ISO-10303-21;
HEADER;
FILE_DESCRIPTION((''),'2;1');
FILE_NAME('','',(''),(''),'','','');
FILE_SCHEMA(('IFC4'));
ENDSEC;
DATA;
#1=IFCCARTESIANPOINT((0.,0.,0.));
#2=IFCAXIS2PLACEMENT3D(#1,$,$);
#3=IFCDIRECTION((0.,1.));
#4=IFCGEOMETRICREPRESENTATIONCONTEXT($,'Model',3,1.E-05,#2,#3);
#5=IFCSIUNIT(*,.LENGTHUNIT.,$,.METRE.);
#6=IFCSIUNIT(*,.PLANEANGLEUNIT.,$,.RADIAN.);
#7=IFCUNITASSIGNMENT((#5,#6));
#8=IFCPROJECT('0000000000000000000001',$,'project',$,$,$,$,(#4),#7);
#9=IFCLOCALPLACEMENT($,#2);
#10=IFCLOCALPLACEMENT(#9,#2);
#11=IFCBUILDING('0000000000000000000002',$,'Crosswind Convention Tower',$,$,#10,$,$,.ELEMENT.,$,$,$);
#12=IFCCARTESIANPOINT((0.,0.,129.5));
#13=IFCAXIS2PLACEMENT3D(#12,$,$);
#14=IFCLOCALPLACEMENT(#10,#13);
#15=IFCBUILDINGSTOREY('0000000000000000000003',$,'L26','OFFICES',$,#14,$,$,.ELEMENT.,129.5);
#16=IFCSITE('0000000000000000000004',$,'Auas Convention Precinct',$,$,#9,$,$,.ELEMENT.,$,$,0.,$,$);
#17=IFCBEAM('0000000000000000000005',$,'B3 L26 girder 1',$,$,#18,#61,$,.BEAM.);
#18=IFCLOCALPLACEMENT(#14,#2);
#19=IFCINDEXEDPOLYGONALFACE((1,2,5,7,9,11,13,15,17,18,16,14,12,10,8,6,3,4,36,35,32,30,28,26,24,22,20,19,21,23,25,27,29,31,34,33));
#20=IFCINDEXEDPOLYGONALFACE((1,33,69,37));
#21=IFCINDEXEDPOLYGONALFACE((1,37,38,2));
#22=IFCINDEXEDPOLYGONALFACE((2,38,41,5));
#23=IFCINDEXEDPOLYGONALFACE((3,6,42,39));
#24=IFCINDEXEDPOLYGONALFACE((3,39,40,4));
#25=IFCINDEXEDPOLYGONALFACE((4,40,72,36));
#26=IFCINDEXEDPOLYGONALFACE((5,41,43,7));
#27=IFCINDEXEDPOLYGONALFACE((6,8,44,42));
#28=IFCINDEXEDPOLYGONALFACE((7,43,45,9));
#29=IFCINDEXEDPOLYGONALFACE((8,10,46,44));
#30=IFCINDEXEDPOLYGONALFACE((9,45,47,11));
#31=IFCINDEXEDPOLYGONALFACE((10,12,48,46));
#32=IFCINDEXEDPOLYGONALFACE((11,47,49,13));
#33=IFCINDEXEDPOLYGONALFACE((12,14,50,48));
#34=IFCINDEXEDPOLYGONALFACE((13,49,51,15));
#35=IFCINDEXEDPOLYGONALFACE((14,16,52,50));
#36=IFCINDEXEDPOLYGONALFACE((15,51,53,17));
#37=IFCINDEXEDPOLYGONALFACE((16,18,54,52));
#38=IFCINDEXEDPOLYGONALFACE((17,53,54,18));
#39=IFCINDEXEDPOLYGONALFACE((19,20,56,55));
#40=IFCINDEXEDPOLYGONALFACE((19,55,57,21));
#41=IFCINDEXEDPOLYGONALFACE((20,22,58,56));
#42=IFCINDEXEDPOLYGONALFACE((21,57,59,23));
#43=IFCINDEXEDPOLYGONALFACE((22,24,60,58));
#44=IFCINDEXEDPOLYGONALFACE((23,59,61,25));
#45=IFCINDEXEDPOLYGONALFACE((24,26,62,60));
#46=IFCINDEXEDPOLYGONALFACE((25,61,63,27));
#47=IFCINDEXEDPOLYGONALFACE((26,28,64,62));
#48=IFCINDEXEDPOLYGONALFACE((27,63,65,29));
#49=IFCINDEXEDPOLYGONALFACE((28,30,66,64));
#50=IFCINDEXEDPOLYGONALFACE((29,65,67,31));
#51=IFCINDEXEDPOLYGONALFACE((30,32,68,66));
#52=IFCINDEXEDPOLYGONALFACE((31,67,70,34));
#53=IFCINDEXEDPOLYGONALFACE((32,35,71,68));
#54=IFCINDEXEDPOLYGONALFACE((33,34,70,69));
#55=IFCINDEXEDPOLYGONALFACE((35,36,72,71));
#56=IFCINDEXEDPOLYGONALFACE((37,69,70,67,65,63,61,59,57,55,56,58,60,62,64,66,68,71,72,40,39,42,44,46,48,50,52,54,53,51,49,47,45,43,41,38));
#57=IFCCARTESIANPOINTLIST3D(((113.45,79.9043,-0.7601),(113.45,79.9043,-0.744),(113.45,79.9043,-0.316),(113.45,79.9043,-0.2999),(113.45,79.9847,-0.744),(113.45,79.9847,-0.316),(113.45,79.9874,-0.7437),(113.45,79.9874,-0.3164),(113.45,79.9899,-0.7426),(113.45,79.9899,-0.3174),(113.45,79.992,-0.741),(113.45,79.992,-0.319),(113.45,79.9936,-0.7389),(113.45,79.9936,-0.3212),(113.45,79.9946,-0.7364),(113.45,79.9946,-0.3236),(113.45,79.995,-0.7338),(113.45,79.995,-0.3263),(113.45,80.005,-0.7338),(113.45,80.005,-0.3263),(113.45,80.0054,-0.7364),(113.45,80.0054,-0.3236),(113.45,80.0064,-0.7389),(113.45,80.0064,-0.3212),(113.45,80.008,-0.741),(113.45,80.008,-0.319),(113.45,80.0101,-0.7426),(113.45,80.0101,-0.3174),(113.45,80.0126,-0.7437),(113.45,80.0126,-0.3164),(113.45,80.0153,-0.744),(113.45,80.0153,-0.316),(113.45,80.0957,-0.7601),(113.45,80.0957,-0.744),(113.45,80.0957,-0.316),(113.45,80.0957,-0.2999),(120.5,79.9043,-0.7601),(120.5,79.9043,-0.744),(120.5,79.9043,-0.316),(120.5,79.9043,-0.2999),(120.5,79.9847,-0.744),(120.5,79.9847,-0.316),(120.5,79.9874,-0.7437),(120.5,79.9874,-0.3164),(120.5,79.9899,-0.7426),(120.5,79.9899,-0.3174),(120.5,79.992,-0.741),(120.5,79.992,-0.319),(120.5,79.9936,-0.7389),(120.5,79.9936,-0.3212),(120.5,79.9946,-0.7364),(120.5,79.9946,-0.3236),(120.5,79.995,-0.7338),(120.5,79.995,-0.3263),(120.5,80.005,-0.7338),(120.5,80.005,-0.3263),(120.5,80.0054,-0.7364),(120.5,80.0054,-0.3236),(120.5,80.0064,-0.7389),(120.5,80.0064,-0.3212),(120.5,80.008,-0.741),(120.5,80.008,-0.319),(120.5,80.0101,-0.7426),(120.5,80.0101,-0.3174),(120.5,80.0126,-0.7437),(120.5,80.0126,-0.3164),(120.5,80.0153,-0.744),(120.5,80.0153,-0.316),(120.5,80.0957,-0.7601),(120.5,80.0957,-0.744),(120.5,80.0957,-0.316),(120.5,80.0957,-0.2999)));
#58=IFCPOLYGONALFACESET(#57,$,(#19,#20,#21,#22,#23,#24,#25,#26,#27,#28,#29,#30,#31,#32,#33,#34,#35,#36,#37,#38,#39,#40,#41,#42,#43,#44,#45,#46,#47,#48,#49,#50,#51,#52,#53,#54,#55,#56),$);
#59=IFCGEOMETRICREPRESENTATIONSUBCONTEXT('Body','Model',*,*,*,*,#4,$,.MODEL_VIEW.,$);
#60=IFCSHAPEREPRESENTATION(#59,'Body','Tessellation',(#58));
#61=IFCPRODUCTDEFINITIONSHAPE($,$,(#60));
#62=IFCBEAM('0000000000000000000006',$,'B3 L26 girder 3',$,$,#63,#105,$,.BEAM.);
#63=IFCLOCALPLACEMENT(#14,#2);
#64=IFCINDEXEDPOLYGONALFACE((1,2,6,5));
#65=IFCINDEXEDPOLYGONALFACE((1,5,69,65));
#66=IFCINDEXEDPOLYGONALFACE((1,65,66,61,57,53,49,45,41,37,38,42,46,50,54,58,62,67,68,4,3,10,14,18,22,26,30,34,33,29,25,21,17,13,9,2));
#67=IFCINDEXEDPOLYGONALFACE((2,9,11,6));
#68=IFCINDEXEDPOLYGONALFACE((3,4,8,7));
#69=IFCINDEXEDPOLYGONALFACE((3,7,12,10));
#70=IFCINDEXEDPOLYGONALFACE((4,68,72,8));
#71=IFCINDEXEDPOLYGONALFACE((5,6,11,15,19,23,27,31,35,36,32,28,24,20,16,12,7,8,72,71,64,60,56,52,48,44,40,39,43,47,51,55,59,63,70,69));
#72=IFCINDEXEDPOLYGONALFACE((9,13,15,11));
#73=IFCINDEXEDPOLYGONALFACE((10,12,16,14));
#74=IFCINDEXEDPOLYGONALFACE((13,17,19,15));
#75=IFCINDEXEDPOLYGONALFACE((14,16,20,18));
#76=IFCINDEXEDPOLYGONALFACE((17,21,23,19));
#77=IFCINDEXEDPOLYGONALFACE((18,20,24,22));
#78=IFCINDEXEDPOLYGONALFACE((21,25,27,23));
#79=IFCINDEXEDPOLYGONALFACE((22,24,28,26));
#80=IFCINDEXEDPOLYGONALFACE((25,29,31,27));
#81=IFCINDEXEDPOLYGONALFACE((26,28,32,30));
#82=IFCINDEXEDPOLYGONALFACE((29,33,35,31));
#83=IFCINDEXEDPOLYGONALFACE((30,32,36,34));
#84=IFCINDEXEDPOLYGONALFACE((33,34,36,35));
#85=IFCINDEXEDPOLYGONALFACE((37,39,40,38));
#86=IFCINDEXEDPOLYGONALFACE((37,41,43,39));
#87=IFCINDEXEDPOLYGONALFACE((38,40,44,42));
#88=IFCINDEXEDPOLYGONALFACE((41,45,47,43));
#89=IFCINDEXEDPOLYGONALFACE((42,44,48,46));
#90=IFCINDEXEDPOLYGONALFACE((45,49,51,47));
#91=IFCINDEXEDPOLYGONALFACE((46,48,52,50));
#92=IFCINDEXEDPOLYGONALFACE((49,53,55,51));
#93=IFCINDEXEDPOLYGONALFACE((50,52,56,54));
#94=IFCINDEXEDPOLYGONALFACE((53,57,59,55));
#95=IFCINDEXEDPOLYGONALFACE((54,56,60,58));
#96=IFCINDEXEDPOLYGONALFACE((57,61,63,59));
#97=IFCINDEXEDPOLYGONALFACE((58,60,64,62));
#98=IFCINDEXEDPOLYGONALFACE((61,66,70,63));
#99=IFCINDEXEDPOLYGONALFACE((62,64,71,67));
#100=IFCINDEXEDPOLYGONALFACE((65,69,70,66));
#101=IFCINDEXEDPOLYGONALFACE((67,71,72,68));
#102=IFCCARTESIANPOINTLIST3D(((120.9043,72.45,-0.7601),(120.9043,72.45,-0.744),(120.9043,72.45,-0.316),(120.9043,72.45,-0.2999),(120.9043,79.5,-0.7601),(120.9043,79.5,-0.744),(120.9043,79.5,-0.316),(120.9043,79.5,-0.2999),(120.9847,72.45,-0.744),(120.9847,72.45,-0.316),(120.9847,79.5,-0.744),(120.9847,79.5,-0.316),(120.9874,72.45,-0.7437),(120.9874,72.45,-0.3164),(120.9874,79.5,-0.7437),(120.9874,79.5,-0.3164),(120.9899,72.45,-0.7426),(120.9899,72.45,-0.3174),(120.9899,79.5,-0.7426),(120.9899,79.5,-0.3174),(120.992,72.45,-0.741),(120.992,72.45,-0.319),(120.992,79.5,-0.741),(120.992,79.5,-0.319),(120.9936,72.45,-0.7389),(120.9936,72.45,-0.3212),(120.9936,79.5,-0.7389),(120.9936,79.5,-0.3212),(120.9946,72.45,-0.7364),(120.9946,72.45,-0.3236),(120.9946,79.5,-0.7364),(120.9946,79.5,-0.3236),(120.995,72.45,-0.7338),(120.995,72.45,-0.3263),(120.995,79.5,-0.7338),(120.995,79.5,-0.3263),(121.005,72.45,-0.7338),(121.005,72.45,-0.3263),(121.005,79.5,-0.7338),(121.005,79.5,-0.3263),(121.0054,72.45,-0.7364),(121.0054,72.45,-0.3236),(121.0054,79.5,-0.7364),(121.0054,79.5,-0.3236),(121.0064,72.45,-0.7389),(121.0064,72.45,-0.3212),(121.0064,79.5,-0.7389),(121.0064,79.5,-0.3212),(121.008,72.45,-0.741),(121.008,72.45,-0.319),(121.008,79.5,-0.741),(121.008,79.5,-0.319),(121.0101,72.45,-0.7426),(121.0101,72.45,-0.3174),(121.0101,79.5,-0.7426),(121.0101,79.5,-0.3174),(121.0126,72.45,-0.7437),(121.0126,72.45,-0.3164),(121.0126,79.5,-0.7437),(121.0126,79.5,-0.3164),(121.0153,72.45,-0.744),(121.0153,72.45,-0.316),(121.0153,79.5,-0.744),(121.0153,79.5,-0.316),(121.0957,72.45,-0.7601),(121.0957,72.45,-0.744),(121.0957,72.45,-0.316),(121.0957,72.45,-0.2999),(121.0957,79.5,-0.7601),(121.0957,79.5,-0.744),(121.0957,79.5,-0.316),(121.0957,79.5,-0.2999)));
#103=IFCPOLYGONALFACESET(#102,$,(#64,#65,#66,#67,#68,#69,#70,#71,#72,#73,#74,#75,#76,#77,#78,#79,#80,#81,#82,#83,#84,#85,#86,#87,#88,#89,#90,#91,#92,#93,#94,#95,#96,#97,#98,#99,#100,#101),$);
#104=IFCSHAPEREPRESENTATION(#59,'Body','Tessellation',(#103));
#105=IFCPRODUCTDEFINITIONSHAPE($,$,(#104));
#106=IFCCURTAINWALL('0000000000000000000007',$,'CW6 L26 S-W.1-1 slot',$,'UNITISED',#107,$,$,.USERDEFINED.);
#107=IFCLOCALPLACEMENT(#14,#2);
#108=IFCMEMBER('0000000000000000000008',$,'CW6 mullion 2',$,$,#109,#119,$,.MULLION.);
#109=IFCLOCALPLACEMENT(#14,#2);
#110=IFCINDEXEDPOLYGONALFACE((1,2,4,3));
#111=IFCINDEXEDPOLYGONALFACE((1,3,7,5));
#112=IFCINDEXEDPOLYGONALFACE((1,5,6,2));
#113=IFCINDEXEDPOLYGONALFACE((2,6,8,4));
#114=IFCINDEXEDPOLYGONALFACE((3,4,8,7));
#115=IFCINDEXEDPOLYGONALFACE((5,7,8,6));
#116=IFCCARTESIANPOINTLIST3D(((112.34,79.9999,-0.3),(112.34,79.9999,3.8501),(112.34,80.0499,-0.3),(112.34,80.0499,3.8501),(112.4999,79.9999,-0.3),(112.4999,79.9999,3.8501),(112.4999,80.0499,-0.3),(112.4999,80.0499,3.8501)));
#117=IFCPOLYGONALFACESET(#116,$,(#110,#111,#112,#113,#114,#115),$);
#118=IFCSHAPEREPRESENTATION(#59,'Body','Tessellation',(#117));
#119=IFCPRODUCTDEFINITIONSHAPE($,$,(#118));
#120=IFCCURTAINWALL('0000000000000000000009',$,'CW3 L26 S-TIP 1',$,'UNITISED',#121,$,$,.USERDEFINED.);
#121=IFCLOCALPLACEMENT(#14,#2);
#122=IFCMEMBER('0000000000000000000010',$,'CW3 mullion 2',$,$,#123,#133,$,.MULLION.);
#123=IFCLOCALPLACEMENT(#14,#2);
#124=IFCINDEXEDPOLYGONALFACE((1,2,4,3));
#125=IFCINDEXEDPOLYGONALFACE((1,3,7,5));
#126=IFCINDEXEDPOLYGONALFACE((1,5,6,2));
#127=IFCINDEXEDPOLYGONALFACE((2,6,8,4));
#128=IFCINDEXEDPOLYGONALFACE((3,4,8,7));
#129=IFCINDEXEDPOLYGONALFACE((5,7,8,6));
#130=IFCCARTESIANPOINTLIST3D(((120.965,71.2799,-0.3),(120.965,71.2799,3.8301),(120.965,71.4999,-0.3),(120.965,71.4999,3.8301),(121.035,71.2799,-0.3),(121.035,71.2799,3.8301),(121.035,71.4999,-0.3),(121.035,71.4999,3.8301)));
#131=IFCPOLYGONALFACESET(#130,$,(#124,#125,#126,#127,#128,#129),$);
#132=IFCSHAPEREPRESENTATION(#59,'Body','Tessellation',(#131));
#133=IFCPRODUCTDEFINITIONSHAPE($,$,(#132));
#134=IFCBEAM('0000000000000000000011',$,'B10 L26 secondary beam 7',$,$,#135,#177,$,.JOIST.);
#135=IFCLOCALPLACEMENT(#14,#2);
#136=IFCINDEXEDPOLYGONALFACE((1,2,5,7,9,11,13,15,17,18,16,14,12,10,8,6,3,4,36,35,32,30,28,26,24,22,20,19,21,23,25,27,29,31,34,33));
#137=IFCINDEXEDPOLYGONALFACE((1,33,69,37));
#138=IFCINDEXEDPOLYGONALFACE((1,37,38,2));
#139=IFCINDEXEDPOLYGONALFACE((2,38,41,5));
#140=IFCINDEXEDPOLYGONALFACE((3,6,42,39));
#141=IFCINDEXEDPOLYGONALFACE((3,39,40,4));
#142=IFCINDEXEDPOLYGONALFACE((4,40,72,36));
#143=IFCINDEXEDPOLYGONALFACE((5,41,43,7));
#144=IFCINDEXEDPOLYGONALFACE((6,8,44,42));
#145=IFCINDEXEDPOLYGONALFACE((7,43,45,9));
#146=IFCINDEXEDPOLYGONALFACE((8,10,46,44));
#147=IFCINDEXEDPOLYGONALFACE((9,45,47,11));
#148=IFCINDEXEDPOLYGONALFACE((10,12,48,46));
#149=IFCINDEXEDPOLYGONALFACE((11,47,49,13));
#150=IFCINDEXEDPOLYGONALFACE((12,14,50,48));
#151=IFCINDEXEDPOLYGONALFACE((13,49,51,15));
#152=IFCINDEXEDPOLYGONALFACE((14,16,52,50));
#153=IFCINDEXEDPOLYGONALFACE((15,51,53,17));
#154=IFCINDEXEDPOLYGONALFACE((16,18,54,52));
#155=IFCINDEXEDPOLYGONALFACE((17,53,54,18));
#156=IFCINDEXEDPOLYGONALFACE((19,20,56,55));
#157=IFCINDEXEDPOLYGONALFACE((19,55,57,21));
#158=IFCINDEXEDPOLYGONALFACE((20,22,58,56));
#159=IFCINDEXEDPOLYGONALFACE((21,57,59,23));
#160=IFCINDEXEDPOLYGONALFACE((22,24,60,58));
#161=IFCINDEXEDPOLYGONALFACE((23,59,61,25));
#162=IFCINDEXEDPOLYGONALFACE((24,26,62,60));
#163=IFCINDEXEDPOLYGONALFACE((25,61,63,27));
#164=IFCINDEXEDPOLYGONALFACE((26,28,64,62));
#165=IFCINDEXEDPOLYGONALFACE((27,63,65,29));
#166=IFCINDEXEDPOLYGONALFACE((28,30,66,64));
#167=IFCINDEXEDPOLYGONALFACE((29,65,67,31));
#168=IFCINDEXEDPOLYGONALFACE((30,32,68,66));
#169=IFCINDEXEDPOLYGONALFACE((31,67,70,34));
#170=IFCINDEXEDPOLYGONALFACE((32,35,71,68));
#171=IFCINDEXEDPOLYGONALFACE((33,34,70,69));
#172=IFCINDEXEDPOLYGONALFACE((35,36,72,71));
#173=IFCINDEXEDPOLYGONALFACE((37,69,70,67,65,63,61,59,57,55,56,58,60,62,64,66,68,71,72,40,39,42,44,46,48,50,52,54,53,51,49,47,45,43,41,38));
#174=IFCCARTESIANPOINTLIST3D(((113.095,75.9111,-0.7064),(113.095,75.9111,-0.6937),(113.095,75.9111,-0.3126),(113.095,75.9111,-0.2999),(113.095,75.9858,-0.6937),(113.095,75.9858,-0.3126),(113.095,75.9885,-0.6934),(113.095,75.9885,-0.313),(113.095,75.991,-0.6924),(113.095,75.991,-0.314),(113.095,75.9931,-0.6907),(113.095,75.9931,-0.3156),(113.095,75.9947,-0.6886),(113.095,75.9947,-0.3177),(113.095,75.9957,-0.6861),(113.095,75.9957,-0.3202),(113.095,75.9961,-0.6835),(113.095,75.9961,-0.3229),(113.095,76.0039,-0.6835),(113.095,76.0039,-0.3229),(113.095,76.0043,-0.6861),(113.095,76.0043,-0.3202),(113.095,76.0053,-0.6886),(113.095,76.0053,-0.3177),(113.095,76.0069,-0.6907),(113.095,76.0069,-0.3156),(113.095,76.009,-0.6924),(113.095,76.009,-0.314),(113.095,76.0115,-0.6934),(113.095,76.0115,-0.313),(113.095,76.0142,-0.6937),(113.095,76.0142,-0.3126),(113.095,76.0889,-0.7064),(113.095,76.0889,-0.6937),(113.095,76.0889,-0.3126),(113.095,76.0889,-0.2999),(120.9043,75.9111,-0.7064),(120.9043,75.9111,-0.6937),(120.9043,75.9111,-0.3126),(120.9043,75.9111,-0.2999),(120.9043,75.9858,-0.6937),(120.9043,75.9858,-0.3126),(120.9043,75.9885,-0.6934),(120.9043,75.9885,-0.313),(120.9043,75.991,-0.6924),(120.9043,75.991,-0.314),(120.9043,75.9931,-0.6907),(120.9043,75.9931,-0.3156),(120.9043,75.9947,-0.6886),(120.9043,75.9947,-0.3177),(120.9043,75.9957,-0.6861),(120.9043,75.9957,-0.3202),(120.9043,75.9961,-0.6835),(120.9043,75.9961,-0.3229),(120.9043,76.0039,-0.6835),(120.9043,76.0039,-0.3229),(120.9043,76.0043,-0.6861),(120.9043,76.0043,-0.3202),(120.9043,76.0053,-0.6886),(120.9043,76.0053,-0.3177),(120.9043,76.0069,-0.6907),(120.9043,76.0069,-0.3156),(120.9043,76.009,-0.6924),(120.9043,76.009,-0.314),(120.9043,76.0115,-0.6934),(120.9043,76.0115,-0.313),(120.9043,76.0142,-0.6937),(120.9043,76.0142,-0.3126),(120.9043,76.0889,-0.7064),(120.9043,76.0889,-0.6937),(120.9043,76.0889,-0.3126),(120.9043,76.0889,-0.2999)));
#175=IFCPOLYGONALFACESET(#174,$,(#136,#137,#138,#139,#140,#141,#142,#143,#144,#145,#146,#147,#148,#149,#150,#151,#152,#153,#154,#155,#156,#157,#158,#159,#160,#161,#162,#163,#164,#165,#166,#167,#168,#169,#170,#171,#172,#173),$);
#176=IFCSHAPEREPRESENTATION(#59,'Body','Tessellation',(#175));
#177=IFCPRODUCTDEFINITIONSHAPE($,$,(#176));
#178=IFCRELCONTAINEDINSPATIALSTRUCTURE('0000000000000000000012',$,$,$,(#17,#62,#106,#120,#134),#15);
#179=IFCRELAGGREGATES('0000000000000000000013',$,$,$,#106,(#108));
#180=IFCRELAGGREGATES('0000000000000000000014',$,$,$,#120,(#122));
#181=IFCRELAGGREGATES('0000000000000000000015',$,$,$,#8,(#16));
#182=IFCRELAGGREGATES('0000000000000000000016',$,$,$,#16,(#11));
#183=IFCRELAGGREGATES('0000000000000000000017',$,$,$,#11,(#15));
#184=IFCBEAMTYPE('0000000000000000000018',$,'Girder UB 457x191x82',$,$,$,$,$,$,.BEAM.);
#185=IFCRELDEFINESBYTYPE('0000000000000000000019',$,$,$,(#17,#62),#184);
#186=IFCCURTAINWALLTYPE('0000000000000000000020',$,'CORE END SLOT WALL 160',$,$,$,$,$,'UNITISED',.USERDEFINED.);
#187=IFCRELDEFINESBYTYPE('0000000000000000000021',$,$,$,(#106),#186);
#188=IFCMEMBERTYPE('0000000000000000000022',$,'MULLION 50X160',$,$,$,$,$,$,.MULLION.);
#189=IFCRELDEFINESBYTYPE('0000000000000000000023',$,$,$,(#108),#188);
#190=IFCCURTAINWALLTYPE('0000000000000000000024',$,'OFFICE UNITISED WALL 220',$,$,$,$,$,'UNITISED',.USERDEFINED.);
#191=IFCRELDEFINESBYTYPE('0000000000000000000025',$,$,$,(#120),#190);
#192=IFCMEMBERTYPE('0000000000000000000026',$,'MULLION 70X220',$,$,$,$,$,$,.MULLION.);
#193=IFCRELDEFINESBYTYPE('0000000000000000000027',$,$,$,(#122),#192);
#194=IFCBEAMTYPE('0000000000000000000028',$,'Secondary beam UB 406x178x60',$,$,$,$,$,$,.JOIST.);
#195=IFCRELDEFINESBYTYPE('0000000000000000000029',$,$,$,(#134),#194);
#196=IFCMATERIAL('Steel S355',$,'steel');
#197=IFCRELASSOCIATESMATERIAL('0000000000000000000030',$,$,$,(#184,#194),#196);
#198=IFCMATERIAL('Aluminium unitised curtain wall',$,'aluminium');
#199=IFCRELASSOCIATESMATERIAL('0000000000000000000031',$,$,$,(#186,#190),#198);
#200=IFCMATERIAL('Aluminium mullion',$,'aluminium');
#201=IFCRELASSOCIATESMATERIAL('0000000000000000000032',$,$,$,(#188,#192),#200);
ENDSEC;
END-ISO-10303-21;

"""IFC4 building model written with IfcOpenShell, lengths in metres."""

from ifc_helpers import new_model, si_unit, direction, frame, origin, origin_2d, place, context, subcontext, project, spatial, rectangle, i_section, extrude, material, material_profile, profile_set, type_object, element, aggregate, save


model = new_model("IFC4")

# Units and contexts
model_context = context("Model", 3, precision=1e-05, world=origin(), true_north=direction((0.0, 1.0)))
body_context = subcontext(model_context, "Body", "Model", "MODEL_VIEW")
ifc_project = project(units=[si_unit("LENGTHUNIT", "METRE"), si_unit("PLANEANGLEUNIT", "RADIAN")], contexts=[model_context])

# Site, building, storey
site_placement = place(None, origin())
site = spatial("IfcSite", under=ifc_project, at=site_placement, Name="Auas Convention Precinct", CompositionType="ELEMENT", RefElevation=0.0)
building_placement = place(site_placement, origin())
building = spatial("IfcBuilding", under=site, at=building_placement, Name="Crosswind Convention Tower", CompositionType="ELEMENT")
storey_placement = place(building_placement, frame((0.0, 0.0, 129.5)))
storey = spatial("IfcBuildingStorey", under=building, at=storey_placement, Name="L26", Description="OFFICES", CompositionType="ELEMENT", Elevation=129.5)

# Beams
ifc_material_1 = material(Name="Steel S355", Category="steel")
ifc_material_profile_1 = material_profile(ifc_material_1, i_section(OverallWidth=0.1914, OverallDepth=0.4602, WebThickness=0.01, FlangeThickness=0.0161, FilletRadius=0.0103, at=origin_2d()), Name="UB 457x191x82")
ifc_profile_set_1 = profile_set([ifc_material_profile_1], Name="Steel S355")
beam_type_1 = type_object("IfcBeamType", Name="Girder UB 457x191x82", PredefinedType="BEAM", material=ifc_profile_set_1)
for number, where, z_axis, x_axis, name in (
    (1, (113.45, 80.0, -0.53), (1.0, 0.0, 0.0), (0.0, 1.0, 0.0), "B3 L26 girder 1"),
    (2, (121.0, 72.45, -0.53), (0.0, 1.0, 0.0), (-1.0, 0.0, 0.0), "B3 L26 girder 3"),
):
    element("IfcBeam", number, at=place(storey_placement, frame(where, z_axis=z_axis, x_axis=x_axis)), inside=storey, type_object=beam_type_1, Name=name, PredefinedType="BEAM", context=body_context, shape_type="SweptSolid", body=[
        extrude(i_section(OverallWidth=0.1914, OverallDepth=0.4602, WebThickness=0.01, FlangeThickness=0.0161, FilletRadius=0.0103, at=origin_2d()), origin(), (0.0, 0.0, 1.0), 7.05),
    ])

# Curtain walls, members
ifc_material_2 = material(Name="Aluminium unitised curtain wall", Category="aluminium")
curtain_wall_type_1 = type_object("IfcCurtainWallType", Name="CORE END SLOT WALL 160", ElementType="UNITISED", PredefinedType="USERDEFINED", material=ifc_material_2)
curtain_wall_1_placement = place(storey_placement, origin())
curtain_wall_1 = element("IfcCurtainWall", 3, at=curtain_wall_1_placement, inside=storey, type_object=curtain_wall_type_1, Name="CW6 L26 S-W.1-1 slot", ObjectType="UNITISED", PredefinedType="USERDEFINED")
ifc_material_3 = material(Name="Aluminium mullion", Category="aluminium")
ifc_material_profile_2 = material_profile(ifc_material_3, rectangle(XDim=0.1599, YDim=0.05, at=origin_2d()), Name="AL 160X50")
ifc_profile_set_2 = profile_set([ifc_material_profile_2], Name="Aluminium mullion")
member_type_1 = type_object("IfcMemberType", Name="MULLION 50X160", PredefinedType="MULLION", material=ifc_profile_set_2)
member_1_placement = place(storey_placement, frame((112.4199, 80.0249, -0.3), z_axis=(0.0, 0.0, 1.0), x_axis=(-1.0, 0.0, 0.0)))
member_1 = element("IfcMember", 4, at=member_1_placement, type_object=member_type_1, Name="CW6 mullion 2", PredefinedType="MULLION", context=body_context, shape_type="SweptSolid", body=[
    extrude(rectangle(XDim=0.1599, YDim=0.05, at=origin_2d()), origin(), (0.0, 0.0, 1.0), 4.1501),
])
aggregate(curtain_wall_1, [member_1])
curtain_wall_type_2 = type_object("IfcCurtainWallType", Name="OFFICE UNITISED WALL 220", ElementType="UNITISED", PredefinedType="USERDEFINED", material=ifc_material_2)
curtain_wall_2_placement = place(storey_placement, origin())
curtain_wall_2 = element("IfcCurtainWall", 5, at=curtain_wall_2_placement, inside=storey, type_object=curtain_wall_type_2, Name="CW3 L26 S-TIP 1", ObjectType="UNITISED", PredefinedType="USERDEFINED")
ifc_material_profile_3 = material_profile(ifc_material_3, rectangle(XDim=0.22, YDim=0.0701, at=origin_2d()), Name="AL 220X70")
ifc_profile_set_3 = profile_set([ifc_material_profile_3], Name="Aluminium mullion")
member_type_2 = type_object("IfcMemberType", Name="MULLION 70X220", PredefinedType="MULLION", material=ifc_profile_set_3)
member_2_placement = place(storey_placement, frame((121.0, 71.3899, -0.3), z_axis=(0.0, 0.0, 1.0), x_axis=(0.0, -1.0, 0.0)))
member_2 = element("IfcMember", 6, at=member_2_placement, type_object=member_type_2, Name="CW3 mullion 2", PredefinedType="MULLION", context=body_context, shape_type="SweptSolid", body=[
    extrude(rectangle(XDim=0.22, YDim=0.0701, at=origin_2d()), origin(), (0.0, 0.0, 1.0), 4.1301),
])

# Beam
ifc_material_profile_4 = material_profile(ifc_material_1, i_section(OverallWidth=0.1777, OverallDepth=0.4065, WebThickness=0.0078, FlangeThickness=0.0127, FilletRadius=0.0103, at=origin_2d()), Name="UB 406x178x60")
ifc_profile_set_4 = profile_set([ifc_material_profile_4], Name="Steel S355")
beam_type_2 = type_object("IfcBeamType", Name="Secondary beam UB 406x178x60", PredefinedType="JOIST", material=ifc_profile_set_4)
beam_1_placement = place(storey_placement, frame((113.095, 76.0, -0.5032), z_axis=(1.0, 0.0, 0.0), x_axis=(0.0, 1.0, 0.0)))
element("IfcBeam", 7, at=beam_1_placement, inside=storey, type_object=beam_type_2, Name="B10 L26 secondary beam 7", PredefinedType="JOIST", context=body_context, shape_type="SweptSolid", body=[
    extrude(i_section(OverallWidth=0.1777, OverallDepth=0.4065, WebThickness=0.0078, FlangeThickness=0.0127, FilletRadius=0.0103, at=origin_2d()), origin(), (0.0, 0.0, 1.0), 7.8093),
])

aggregate(curtain_wall_2, [member_2])

save(model, "model.ifc")
